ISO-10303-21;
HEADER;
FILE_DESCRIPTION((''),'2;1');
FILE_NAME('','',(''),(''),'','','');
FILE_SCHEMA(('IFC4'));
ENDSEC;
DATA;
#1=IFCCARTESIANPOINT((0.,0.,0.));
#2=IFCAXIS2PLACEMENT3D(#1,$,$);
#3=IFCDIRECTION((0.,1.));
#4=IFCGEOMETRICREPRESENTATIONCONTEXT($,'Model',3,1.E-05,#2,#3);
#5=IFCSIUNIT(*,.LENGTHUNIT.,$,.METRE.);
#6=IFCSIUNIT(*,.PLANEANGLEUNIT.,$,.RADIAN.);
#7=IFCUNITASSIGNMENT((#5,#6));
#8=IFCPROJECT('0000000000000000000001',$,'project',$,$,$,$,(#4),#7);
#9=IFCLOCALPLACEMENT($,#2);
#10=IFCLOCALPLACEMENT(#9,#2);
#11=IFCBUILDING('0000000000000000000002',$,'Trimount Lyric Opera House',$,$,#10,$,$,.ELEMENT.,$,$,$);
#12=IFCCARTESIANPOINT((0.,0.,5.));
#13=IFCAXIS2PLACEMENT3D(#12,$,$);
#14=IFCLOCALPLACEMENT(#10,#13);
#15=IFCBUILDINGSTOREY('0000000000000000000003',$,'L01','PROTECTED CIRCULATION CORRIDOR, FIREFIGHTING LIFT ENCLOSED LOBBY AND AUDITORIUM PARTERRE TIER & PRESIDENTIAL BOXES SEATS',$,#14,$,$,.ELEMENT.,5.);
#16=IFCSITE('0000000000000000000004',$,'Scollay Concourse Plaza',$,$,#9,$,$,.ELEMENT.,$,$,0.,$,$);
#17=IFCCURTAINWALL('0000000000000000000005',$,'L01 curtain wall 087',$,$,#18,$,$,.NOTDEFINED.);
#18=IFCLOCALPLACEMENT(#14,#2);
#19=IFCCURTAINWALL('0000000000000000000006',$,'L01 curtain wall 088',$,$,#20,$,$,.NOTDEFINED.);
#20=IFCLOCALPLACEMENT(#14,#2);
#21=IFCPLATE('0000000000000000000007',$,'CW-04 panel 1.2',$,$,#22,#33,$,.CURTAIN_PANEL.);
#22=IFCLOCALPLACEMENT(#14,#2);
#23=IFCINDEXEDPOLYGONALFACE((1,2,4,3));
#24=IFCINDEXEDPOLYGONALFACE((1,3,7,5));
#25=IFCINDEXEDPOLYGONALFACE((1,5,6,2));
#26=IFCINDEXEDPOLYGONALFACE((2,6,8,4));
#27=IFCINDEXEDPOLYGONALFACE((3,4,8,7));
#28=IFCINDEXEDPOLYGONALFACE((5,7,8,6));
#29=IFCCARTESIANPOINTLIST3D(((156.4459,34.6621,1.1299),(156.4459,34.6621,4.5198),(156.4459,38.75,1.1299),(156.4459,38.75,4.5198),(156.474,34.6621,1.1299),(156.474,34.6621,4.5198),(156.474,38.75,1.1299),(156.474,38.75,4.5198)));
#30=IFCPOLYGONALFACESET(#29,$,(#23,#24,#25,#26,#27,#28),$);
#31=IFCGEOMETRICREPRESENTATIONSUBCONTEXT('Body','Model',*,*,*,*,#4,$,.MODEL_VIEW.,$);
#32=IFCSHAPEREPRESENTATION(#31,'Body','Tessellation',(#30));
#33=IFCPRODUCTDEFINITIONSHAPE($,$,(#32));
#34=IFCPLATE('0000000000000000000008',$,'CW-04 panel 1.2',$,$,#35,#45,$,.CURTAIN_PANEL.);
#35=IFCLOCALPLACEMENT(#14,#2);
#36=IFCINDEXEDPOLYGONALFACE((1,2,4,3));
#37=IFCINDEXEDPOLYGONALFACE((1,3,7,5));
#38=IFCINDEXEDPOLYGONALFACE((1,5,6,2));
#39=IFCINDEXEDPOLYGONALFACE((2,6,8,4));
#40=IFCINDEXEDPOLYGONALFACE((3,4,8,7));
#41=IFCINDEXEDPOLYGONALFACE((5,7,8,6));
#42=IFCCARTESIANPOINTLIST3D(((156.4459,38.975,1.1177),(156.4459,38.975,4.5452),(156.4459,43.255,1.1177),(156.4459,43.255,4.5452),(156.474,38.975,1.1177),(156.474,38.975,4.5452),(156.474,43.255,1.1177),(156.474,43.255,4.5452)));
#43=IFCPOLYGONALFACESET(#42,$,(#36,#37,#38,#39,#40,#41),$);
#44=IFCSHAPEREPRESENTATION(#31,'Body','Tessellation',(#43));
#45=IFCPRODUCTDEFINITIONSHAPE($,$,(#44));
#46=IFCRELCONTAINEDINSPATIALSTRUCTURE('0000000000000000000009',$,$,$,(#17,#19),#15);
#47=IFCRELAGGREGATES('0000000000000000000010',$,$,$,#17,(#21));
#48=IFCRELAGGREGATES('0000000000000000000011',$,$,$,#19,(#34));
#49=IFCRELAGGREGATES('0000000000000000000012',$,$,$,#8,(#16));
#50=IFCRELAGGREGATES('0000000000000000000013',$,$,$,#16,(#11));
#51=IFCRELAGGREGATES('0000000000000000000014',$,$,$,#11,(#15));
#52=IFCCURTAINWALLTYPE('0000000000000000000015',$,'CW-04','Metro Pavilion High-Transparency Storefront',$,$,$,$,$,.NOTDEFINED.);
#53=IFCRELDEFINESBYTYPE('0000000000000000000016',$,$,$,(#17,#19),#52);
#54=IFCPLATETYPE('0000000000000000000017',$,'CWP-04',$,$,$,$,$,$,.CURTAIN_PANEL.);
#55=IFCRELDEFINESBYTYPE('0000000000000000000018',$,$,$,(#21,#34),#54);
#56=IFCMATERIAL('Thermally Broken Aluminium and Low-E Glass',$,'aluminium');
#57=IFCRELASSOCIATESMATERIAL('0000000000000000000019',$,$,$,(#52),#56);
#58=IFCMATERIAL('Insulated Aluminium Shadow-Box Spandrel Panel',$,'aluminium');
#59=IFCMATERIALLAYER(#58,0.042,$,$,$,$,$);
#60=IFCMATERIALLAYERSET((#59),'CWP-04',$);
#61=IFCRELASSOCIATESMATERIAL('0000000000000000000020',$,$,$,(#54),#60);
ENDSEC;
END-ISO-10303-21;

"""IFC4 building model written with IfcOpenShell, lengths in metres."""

from ifc_helpers import new_model, si_unit, direction, frame, origin, origin_2d, place, context, subcontext, project, spatial, rectangle, extrude, material, layer, layer_set, type_object, element, aggregate, save


model = new_model("IFC4")

# Units and contexts
model_context = context("Model", 3, precision=1e-05, world=origin(), true_north=direction((0.0, 1.0)))
body_context = subcontext(model_context, "Body", "Model", "MODEL_VIEW")
ifc_project = project(units=[si_unit("LENGTHUNIT", "METRE"), si_unit("PLANEANGLEUNIT", "RADIAN")], contexts=[model_context])

# Site, building, storey
site_placement = place(None, origin())
site = spatial("IfcSite", under=ifc_project, at=site_placement, Name="Scollay Concourse Plaza", CompositionType="ELEMENT", RefElevation=0.0)
building_placement = place(site_placement, origin())
building = spatial("IfcBuilding", under=site, at=building_placement, Name="Trimount Lyric Opera House", CompositionType="ELEMENT")
storey_placement = place(building_placement, frame((0.0, 0.0, 5.0)))
storey = spatial("IfcBuildingStorey", under=building, at=storey_placement, Name="L01", Description="PROTECTED CIRCULATION CORRIDOR, FIREFIGHTING LIFT ENCLOSED LOBBY AND AUDITORIUM PARTERRE TIER & PRESIDENTIAL BOXES SEATS", CompositionType="ELEMENT", Elevation=5.0)

# Curtain walls
ifc_material_1 = material(Name="Thermally Broken Aluminium and Low-E Glass", Category="aluminium")
curtain_wall_type = type_object("IfcCurtainWallType", Name="CW-04", Description="Metro Pavilion High-Transparency Storefront", PredefinedType="NOTDEFINED", material=ifc_material_1)
curtain_wall_1_placement = place(storey_placement, origin())
curtain_wall_1 = element("IfcCurtainWall", 1, at=curtain_wall_1_placement, inside=storey, type_object=curtain_wall_type, Name="L01 curtain wall 087", PredefinedType="NOTDEFINED")
curtain_wall_2_placement = place(storey_placement, origin())
curtain_wall_2 = element("IfcCurtainWall", 2, at=curtain_wall_2_placement, inside=storey, type_object=curtain_wall_type, Name="L01 curtain wall 088", PredefinedType="NOTDEFINED")

# Plates
ifc_material_2 = material(Name="Insulated Aluminium Shadow-Box Spandrel Panel", Category="aluminium")
ifc_layer_1 = layer(ifc_material_2, 0.042)
ifc_layer_set_1 = layer_set([ifc_layer_1], Name="CWP-04")
plate_type_1 = type_object("IfcPlateType", Name="CWP-04", PredefinedType="CURTAIN_PANEL", material=ifc_layer_set_1)
plate_1_placement = place(storey_placement, frame((156.46, 36.7061, 1.1299), z_axis=(0.0, 0.0, 1.0), x_axis=(0.0, 1.0, 0.0)))
plate_1 = element("IfcPlate", 3, at=plate_1_placement, type_object=plate_type_1, Name="CW-04 panel 1.2", PredefinedType="CURTAIN_PANEL", context=body_context, shape_type="SweptSolid", body=[
    extrude(rectangle(XDim=4.0879, YDim=0.0281, at=origin_2d()), origin(), (0.0, 0.0, 1.0), 3.3899),
])
aggregate(curtain_wall_1, [plate_1])
plate_2_placement = place(storey_placement, frame((156.46, 41.115, 1.1177), z_axis=(0.0, 0.0, 1.0), x_axis=(0.0, 1.0, 0.0)))
plate_2 = element("IfcPlate", 4, at=plate_2_placement, type_object=plate_type_1, Name="CW-04 panel 1.2", PredefinedType="CURTAIN_PANEL", context=body_context, shape_type="SweptSolid", body=[
    extrude(rectangle(XDim=4.28, YDim=0.0281, at=origin_2d()), origin(), (0.0, 0.0, 1.0), 3.4275),
])
aggregate(curtain_wall_2, [plate_2])

save(model, "model.ifc")
